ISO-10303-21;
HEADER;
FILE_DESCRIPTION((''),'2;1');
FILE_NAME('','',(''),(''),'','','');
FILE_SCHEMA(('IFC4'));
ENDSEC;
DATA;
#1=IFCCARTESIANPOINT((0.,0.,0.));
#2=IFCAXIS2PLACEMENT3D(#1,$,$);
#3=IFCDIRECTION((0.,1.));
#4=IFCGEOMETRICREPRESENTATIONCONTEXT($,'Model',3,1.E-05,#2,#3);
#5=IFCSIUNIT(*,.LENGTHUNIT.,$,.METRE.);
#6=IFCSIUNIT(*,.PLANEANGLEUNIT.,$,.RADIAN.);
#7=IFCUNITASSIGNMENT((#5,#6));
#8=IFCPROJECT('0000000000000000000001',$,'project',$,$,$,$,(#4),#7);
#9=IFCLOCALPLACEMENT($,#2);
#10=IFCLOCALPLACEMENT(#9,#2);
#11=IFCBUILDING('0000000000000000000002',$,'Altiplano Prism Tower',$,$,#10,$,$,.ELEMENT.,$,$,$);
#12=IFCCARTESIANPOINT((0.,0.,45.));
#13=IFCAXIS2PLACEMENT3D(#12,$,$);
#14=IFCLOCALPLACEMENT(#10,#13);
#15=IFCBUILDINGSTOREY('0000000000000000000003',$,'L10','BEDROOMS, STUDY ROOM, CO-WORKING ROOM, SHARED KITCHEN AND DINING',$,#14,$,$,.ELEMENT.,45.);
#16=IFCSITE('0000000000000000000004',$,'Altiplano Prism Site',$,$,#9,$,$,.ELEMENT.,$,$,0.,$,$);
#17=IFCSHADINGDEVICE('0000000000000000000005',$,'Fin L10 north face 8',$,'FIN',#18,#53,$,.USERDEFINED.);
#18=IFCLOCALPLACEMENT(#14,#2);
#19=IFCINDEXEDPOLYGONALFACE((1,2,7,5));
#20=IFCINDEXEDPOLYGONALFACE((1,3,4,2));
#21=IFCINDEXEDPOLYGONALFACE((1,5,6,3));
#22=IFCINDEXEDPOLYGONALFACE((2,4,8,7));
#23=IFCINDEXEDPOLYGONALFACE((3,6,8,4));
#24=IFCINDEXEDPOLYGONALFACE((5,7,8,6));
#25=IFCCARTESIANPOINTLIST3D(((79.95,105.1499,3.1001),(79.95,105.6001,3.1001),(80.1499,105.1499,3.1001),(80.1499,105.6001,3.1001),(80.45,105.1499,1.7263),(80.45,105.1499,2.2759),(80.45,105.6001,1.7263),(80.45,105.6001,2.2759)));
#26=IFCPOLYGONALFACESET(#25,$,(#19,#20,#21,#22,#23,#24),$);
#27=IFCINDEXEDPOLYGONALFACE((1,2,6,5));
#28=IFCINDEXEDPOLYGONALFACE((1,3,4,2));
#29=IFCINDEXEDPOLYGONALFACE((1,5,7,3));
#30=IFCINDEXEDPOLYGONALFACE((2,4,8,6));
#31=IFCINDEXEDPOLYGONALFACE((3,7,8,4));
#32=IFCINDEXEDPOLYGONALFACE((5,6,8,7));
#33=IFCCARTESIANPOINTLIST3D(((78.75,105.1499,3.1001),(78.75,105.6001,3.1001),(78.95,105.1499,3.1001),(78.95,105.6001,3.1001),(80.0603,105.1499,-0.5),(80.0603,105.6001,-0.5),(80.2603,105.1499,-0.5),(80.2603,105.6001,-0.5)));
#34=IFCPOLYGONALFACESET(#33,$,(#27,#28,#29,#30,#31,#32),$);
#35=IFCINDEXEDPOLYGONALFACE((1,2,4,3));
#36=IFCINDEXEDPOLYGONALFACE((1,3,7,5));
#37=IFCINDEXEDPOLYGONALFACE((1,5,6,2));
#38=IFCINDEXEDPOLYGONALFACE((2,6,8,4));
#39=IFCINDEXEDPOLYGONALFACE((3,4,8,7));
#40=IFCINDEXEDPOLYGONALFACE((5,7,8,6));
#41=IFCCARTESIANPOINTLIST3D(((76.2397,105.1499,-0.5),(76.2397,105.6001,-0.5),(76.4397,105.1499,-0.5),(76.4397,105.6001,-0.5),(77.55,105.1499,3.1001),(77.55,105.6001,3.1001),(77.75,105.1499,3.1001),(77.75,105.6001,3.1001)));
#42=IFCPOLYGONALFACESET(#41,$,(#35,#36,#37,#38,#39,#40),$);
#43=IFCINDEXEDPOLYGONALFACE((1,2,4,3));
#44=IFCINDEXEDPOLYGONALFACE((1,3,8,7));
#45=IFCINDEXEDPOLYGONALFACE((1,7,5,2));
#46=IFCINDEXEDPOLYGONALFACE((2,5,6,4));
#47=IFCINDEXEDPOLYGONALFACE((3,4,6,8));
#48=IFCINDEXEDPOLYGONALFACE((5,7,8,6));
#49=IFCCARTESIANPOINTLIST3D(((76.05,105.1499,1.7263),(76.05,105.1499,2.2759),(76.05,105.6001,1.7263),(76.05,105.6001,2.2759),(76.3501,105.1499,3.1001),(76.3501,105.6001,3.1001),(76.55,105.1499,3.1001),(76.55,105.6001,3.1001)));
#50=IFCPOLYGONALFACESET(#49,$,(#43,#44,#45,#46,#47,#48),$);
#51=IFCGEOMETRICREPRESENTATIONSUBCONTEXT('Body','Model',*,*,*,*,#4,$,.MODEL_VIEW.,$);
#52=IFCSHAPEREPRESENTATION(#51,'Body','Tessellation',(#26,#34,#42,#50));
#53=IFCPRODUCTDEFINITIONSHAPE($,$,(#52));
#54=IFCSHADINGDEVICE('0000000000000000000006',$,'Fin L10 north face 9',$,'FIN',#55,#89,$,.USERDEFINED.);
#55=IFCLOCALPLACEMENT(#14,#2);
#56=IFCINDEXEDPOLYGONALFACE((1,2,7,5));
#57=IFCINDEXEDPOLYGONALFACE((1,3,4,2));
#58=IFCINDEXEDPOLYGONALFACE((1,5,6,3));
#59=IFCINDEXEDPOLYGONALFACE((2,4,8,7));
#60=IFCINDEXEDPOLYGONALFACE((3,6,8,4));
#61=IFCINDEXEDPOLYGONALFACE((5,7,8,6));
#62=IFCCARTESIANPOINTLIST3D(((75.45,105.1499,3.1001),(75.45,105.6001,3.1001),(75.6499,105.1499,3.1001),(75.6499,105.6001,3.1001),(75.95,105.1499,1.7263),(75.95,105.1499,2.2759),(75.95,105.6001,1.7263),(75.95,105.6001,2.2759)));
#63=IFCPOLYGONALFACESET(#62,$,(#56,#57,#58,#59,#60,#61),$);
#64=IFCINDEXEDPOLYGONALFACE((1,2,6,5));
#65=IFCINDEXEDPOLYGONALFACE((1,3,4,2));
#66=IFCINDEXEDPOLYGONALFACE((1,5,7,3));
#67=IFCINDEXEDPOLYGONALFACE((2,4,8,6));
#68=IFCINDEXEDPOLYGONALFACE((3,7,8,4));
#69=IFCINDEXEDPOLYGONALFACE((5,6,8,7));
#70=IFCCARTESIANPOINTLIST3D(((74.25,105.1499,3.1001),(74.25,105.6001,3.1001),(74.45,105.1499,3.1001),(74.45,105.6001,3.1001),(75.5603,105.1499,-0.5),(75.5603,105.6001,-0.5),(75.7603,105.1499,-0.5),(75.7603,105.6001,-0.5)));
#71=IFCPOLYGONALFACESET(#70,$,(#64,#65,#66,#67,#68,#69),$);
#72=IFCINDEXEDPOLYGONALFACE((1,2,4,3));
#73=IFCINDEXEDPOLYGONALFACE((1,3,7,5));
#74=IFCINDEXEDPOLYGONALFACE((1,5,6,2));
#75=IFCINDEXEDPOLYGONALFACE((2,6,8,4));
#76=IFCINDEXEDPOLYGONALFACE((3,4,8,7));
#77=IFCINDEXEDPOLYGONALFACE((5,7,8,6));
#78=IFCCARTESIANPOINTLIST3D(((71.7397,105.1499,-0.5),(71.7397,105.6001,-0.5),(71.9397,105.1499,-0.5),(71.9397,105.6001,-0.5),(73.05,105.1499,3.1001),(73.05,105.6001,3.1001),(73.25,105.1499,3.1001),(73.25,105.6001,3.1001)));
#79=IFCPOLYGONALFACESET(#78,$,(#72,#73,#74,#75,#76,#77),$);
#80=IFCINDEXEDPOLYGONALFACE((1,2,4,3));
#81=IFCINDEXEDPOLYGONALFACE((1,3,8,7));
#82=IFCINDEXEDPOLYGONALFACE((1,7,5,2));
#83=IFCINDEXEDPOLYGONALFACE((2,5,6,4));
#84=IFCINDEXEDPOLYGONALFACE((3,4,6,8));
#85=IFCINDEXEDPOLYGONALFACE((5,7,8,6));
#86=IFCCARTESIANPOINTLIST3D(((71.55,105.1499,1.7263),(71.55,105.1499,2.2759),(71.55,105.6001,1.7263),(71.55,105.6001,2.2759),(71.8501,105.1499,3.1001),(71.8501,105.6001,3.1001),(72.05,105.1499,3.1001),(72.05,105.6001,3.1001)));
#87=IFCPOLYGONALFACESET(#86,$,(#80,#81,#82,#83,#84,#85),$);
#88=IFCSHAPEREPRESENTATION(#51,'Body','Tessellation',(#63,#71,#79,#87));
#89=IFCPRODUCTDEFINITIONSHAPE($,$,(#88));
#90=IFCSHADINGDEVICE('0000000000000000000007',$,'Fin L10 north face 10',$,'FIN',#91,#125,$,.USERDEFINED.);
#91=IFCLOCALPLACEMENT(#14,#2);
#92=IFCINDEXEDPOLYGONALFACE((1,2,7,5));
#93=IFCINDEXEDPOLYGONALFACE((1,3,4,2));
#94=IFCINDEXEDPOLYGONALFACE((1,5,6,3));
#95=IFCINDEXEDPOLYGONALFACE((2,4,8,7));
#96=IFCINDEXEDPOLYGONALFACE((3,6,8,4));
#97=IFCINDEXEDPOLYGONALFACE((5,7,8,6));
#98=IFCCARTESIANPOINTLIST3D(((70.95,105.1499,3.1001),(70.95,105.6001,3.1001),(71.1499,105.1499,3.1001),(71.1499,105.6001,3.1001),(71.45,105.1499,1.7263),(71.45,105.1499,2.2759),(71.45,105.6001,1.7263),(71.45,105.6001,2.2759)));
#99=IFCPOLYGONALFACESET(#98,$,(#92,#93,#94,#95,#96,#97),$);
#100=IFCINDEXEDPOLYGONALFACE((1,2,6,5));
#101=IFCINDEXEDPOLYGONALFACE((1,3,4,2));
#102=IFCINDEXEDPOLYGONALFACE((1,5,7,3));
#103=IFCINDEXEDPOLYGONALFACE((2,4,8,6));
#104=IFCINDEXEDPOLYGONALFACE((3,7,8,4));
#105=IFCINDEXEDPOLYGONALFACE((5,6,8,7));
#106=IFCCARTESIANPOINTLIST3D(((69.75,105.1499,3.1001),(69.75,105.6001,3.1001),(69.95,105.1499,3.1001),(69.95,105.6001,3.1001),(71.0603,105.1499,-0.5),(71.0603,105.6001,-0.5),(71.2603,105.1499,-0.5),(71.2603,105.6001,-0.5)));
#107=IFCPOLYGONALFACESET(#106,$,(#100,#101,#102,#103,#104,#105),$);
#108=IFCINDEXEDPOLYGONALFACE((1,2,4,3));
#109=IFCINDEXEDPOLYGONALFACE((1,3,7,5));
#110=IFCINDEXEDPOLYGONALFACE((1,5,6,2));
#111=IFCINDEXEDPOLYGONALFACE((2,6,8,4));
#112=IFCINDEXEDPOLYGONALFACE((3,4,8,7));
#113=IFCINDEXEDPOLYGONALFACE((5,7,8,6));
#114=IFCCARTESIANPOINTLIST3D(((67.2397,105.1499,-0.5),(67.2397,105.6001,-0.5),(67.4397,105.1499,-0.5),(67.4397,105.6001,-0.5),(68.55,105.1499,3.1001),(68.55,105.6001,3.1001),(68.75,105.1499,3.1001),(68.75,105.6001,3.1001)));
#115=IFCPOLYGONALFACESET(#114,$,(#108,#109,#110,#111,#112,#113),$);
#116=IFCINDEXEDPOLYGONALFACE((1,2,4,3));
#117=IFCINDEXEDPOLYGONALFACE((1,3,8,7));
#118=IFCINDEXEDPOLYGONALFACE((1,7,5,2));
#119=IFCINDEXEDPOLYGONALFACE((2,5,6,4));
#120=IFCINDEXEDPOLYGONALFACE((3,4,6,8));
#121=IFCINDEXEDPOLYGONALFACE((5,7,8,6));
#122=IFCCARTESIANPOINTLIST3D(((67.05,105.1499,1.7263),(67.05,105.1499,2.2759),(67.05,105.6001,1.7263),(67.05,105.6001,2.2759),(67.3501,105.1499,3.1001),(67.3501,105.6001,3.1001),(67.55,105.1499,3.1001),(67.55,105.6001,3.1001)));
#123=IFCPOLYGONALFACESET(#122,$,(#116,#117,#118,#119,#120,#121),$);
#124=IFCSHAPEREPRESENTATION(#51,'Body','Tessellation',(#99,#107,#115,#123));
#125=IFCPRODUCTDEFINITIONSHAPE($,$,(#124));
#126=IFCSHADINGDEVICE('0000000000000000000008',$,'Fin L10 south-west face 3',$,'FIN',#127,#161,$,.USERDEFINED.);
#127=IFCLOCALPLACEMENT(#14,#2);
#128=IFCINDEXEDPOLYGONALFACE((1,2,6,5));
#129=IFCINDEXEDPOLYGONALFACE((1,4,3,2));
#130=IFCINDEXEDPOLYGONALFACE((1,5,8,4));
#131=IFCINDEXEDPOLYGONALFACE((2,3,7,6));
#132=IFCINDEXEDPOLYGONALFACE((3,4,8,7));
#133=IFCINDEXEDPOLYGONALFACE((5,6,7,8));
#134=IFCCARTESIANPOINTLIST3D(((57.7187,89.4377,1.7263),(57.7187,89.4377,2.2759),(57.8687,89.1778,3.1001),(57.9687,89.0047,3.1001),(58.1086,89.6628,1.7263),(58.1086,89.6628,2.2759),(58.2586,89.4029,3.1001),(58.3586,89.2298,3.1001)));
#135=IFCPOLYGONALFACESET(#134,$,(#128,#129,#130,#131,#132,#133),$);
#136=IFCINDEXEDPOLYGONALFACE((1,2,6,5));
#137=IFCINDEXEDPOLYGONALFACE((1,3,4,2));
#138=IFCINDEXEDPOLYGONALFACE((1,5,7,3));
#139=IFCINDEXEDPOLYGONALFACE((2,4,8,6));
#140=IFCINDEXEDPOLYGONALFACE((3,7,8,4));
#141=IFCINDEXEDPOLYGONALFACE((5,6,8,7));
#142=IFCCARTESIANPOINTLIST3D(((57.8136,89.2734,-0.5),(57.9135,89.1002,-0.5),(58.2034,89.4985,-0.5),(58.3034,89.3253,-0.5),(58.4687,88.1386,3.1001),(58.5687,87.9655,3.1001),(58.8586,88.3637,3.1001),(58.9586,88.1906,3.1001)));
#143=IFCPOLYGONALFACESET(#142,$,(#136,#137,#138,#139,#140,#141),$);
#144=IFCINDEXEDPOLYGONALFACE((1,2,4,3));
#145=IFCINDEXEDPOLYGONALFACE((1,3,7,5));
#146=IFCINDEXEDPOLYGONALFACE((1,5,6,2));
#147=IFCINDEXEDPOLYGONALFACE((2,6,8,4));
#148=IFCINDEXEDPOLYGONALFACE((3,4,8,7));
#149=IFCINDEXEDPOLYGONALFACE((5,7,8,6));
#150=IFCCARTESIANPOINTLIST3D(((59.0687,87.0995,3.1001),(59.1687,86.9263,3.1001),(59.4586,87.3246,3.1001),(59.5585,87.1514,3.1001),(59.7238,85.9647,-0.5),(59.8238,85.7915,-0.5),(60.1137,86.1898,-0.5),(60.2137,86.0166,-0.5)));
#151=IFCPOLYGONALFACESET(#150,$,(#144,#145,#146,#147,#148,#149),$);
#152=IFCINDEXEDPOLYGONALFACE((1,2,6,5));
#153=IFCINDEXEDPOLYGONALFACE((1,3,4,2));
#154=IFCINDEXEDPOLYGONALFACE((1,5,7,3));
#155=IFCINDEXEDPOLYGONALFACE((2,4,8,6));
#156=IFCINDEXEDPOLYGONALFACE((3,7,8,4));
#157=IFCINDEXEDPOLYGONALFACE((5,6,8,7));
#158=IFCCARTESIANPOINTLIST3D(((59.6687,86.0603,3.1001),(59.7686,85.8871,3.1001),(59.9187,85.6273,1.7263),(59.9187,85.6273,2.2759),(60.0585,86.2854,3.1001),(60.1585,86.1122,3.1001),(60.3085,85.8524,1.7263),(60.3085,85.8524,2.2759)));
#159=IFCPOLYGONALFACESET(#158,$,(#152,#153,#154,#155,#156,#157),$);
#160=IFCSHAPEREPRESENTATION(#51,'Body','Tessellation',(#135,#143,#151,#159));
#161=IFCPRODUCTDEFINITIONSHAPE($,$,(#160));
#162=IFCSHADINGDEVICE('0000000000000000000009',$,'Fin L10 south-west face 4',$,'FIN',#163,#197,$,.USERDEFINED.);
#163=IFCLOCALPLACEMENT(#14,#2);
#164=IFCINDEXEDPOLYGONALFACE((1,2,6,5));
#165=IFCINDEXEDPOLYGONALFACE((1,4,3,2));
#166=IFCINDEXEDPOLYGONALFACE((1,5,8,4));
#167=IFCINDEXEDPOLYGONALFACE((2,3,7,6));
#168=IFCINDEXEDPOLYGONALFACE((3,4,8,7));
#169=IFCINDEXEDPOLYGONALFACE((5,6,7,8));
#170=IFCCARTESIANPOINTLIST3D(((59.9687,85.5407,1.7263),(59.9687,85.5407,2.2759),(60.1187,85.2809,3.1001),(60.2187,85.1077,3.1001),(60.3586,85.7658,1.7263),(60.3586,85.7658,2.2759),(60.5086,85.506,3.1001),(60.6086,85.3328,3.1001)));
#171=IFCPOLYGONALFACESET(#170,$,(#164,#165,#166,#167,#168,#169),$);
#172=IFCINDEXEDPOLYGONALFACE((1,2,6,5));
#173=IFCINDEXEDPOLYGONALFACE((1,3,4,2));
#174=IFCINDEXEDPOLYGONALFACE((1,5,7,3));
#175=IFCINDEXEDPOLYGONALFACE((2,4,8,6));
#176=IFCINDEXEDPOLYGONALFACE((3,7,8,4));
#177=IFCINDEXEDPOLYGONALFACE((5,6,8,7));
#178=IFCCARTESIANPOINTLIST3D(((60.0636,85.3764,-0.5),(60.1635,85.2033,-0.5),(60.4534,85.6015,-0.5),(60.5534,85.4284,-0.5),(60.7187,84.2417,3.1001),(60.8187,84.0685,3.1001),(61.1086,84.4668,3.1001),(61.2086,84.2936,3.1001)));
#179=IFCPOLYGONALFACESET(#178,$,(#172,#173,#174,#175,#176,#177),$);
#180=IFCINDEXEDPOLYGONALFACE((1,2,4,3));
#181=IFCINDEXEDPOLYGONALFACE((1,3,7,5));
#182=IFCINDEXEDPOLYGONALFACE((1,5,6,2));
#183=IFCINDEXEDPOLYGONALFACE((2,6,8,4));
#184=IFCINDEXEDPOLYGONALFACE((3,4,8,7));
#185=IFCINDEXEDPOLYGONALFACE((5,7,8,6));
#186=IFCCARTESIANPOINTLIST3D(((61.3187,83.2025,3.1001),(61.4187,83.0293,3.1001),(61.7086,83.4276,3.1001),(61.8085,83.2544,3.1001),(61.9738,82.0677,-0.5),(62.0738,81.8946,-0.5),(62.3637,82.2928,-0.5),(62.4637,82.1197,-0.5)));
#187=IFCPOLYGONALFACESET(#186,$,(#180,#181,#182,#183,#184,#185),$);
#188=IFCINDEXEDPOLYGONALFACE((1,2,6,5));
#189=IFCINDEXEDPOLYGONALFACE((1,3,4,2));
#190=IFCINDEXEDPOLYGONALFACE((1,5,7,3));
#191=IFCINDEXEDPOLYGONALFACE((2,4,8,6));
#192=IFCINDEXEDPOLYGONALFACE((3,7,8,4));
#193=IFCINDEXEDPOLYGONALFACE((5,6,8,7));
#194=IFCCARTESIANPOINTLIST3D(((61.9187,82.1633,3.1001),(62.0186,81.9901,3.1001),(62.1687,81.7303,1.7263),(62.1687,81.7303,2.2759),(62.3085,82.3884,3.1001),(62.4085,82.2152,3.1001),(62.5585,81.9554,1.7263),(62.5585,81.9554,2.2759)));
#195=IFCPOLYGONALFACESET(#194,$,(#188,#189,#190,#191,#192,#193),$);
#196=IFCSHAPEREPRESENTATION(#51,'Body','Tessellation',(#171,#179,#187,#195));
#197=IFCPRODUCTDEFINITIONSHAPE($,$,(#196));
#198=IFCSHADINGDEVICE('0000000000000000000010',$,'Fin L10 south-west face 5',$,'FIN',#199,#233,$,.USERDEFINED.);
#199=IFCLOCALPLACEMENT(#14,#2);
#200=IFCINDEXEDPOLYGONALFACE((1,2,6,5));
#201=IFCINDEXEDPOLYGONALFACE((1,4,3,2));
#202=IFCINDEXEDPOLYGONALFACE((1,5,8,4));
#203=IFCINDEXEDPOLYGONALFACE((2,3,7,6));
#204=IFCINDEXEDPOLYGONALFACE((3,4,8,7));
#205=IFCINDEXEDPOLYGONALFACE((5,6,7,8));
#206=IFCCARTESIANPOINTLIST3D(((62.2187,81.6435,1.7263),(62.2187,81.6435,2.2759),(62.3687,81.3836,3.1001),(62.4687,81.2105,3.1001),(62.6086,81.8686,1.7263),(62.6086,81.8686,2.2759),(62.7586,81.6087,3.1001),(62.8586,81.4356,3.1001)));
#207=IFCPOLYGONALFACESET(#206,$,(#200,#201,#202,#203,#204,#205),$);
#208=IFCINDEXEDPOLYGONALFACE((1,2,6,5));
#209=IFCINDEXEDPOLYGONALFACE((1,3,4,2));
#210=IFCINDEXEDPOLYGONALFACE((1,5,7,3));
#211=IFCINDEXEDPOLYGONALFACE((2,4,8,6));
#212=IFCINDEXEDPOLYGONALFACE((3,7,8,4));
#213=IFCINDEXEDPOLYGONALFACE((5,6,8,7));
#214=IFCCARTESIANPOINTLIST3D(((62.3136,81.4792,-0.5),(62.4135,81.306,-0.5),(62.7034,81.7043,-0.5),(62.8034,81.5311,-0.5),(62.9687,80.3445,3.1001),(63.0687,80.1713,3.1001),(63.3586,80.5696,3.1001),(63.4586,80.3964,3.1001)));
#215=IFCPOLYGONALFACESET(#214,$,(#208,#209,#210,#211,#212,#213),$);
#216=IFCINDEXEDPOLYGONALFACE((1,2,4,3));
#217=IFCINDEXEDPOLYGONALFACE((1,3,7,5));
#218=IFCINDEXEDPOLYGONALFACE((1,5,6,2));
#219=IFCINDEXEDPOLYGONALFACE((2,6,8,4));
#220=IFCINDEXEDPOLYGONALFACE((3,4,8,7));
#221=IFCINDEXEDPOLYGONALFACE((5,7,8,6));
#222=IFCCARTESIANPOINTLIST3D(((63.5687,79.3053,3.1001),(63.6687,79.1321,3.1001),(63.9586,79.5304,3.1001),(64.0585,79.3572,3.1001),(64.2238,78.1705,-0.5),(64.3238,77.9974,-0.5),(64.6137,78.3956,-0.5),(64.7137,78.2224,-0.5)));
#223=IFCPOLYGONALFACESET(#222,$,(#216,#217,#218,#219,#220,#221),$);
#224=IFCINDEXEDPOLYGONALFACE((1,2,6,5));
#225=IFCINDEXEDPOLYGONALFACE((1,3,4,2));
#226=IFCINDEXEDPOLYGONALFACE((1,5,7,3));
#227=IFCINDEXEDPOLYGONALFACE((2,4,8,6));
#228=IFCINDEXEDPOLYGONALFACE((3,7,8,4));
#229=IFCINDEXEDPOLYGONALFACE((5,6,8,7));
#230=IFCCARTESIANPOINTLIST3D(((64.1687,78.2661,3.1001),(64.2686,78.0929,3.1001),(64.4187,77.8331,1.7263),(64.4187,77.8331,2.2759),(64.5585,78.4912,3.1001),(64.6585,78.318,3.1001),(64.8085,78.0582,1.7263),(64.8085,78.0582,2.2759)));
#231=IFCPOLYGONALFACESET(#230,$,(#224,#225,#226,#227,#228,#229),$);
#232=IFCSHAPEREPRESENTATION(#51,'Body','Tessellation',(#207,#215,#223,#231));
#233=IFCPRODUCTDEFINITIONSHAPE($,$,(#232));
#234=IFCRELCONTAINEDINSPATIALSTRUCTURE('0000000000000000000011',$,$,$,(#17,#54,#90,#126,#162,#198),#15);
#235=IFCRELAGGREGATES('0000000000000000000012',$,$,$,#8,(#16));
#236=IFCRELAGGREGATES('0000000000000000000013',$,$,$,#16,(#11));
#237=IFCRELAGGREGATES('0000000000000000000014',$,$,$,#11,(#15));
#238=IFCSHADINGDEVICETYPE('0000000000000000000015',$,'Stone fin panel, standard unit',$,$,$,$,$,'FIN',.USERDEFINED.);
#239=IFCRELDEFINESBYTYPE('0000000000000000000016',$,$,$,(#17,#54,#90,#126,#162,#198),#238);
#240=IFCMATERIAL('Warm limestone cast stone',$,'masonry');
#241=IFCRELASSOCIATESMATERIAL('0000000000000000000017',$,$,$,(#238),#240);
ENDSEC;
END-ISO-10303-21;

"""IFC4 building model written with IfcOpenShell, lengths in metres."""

from ifc_helpers import new_model, si_unit, direction, frame, origin, place, context, subcontext, project, spatial, polyline, outline, extrude, source, transform, mapped, material, type_object, element, save


model = new_model("IFC4")

# Units and contexts
model_context = context("Model", 3, precision=1e-05, world=origin(), true_north=direction((0.0, 1.0)))
body_context = subcontext(model_context, "Body", "Model", "MODEL_VIEW")
ifc_project = project(units=[si_unit("LENGTHUNIT", "METRE"), si_unit("PLANEANGLEUNIT", "RADIAN")], contexts=[model_context])

# Site, building, storey
site_placement = place(None, origin())
site = spatial("IfcSite", under=ifc_project, at=site_placement, Name="Altiplano Prism Site", CompositionType="ELEMENT", RefElevation=0.0)
building_placement = place(site_placement, origin())
building = spatial("IfcBuilding", under=site, at=building_placement, Name="Altiplano Prism Tower", CompositionType="ELEMENT")
storey_placement = place(building_placement, frame((0.0, 0.0, 45.0)))
storey = spatial("IfcBuildingStorey", under=building, at=storey_placement, Name="L10", Description="BEDROOMS, STUDY ROOM, CO-WORKING ROOM, SHARED KITCHEN AND DINING", CompositionType="ELEMENT", Elevation=45.0)

# Shading devices
ifc_material_1 = material(Name="Warm limestone cast stone", Category="masonry")
shading_device_type_1 = type_object("IfcShadingDeviceType", Name="Stone fin panel, standard unit", ElementType="FIN", PredefinedType="USERDEFINED", material=ifc_material_1)
shared_shape_1 = source(origin(), body_context, "Body", "SweptSolid", [
    extrude(outline(polyline([(-2.2, 2.2263), (-1.7, 3.6001), (-1.8999, 3.6001), (-2.2, 2.7759), (-2.2, 2.2263)])), frame((0.0, -0.1499, 0.0), z_axis=(0.0, -1.0, 0.0), x_axis=(1.0, 0.0, 0.0)), (0.0, 0.0, 1.0), 0.4502),
    extrude(outline(polyline([(-2.0103, 0.0), (-1.8103, 0.0), (-0.5, 3.6001), (-0.7, 3.6001), (-2.0103, 0.0)])), frame((0.0, -0.1499, 0.0), z_axis=(0.0, -1.0, 0.0), x_axis=(1.0, 0.0, 0.0)), (0.0, 0.0, 1.0), 0.4502),
    extrude(outline(polyline([(1.8103, 0.0), (2.0103, 0.0), (0.7, 3.6001), (0.5, 3.6001), (1.8103, 0.0)])), frame((0.0, -0.1499, 0.0), z_axis=(0.0, -1.0, 0.0), x_axis=(1.0, 0.0, 0.0)), (0.0, 0.0, 1.0), 0.4502),
    extrude(outline(polyline([(2.2, 2.7759), (1.8999, 3.6001), (1.7, 3.6001), (2.2, 2.2263), (2.2, 2.7759)])), frame((0.0, -0.1499, 0.0), z_axis=(0.0, -1.0, 0.0), x_axis=(1.0, 0.0, 0.0)), (0.0, 0.0, 1.0), 0.4502),
])
shading_device_1_placement = place(storey_placement, origin())
element("IfcShadingDevice", 1, at=shading_device_1_placement, inside=storey, type_object=shading_device_type_1, Name="Fin L10 north face 8", ObjectType="FIN", PredefinedType="USERDEFINED", context=body_context, shape_type="MappedRepresentation", body=[
    mapped(shared_shape_1, transform((78.25, 105.0, -0.5), x_axis=(-1.0, 0.0, 0.0), y_axis=(0.0, -1.0, 0.0), z_axis=(0.0, 0.0, 1.0))),
])
shading_device_2_placement = place(storey_placement, origin())
element("IfcShadingDevice", 2, at=shading_device_2_placement, inside=storey, type_object=shading_device_type_1, Name="Fin L10 north face 9", ObjectType="FIN", PredefinedType="USERDEFINED", context=body_context, shape_type="MappedRepresentation", body=[
    mapped(shared_shape_1, transform((73.75, 105.0, -0.5), x_axis=(-1.0, 0.0, 0.0), y_axis=(0.0, -1.0, 0.0), z_axis=(0.0, 0.0, 1.0))),
])
shading_device_3_placement = place(storey_placement, origin())
element("IfcShadingDevice", 3, at=shading_device_3_placement, inside=storey, type_object=shading_device_type_1, Name="Fin L10 north face 10", ObjectType="FIN", PredefinedType="USERDEFINED", context=body_context, shape_type="MappedRepresentation", body=[
    mapped(shared_shape_1, transform((69.25, 105.0, -0.5), x_axis=(-1.0, 0.0, 0.0), y_axis=(0.0, -1.0, 0.0), z_axis=(0.0, 0.0, 1.0))),
])
shading_device_4_placement = place(storey_placement, origin())
element("IfcShadingDevice", 4, at=shading_device_4_placement, inside=storey, type_object=shading_device_type_1, Name="Fin L10 south-west face 3", ObjectType="FIN", PredefinedType="USERDEFINED", context=body_context, shape_type="MappedRepresentation", body=[
    mapped(shared_shape_1, transform((59.3384, 87.8325, -0.5), x_axis=(0.5, -0.866025, 0.0), y_axis=(0.866025, 0.5, 0.0), z_axis=(0.0, 0.0, 1.0))),
])
shading_device_5_placement = place(storey_placement, origin())
element("IfcShadingDevice", 5, at=shading_device_5_placement, inside=storey, type_object=shading_device_type_1, Name="Fin L10 south-west face 4", ObjectType="FIN", PredefinedType="USERDEFINED", context=body_context, shape_type="MappedRepresentation", body=[
    mapped(shared_shape_1, transform((61.5884, 83.9355, -0.5), x_axis=(0.5, -0.866025, 0.0), y_axis=(0.866025, 0.5, 0.0), z_axis=(0.0, 0.0, 1.0))),
])
shading_device_6_placement = place(storey_placement, origin())
element("IfcShadingDevice", 6, at=shading_device_6_placement, inside=storey, type_object=shading_device_type_1, Name="Fin L10 south-west face 5", ObjectType="FIN", PredefinedType="USERDEFINED", context=body_context, shape_type="MappedRepresentation", body=[
    mapped(shared_shape_1, transform((63.8384, 80.0383, -0.5), x_axis=(0.5, -0.866025, 0.0), y_axis=(0.866025, 0.5, 0.0), z_axis=(0.0, 0.0, 1.0))),
])

save(model, "model.ifc")
